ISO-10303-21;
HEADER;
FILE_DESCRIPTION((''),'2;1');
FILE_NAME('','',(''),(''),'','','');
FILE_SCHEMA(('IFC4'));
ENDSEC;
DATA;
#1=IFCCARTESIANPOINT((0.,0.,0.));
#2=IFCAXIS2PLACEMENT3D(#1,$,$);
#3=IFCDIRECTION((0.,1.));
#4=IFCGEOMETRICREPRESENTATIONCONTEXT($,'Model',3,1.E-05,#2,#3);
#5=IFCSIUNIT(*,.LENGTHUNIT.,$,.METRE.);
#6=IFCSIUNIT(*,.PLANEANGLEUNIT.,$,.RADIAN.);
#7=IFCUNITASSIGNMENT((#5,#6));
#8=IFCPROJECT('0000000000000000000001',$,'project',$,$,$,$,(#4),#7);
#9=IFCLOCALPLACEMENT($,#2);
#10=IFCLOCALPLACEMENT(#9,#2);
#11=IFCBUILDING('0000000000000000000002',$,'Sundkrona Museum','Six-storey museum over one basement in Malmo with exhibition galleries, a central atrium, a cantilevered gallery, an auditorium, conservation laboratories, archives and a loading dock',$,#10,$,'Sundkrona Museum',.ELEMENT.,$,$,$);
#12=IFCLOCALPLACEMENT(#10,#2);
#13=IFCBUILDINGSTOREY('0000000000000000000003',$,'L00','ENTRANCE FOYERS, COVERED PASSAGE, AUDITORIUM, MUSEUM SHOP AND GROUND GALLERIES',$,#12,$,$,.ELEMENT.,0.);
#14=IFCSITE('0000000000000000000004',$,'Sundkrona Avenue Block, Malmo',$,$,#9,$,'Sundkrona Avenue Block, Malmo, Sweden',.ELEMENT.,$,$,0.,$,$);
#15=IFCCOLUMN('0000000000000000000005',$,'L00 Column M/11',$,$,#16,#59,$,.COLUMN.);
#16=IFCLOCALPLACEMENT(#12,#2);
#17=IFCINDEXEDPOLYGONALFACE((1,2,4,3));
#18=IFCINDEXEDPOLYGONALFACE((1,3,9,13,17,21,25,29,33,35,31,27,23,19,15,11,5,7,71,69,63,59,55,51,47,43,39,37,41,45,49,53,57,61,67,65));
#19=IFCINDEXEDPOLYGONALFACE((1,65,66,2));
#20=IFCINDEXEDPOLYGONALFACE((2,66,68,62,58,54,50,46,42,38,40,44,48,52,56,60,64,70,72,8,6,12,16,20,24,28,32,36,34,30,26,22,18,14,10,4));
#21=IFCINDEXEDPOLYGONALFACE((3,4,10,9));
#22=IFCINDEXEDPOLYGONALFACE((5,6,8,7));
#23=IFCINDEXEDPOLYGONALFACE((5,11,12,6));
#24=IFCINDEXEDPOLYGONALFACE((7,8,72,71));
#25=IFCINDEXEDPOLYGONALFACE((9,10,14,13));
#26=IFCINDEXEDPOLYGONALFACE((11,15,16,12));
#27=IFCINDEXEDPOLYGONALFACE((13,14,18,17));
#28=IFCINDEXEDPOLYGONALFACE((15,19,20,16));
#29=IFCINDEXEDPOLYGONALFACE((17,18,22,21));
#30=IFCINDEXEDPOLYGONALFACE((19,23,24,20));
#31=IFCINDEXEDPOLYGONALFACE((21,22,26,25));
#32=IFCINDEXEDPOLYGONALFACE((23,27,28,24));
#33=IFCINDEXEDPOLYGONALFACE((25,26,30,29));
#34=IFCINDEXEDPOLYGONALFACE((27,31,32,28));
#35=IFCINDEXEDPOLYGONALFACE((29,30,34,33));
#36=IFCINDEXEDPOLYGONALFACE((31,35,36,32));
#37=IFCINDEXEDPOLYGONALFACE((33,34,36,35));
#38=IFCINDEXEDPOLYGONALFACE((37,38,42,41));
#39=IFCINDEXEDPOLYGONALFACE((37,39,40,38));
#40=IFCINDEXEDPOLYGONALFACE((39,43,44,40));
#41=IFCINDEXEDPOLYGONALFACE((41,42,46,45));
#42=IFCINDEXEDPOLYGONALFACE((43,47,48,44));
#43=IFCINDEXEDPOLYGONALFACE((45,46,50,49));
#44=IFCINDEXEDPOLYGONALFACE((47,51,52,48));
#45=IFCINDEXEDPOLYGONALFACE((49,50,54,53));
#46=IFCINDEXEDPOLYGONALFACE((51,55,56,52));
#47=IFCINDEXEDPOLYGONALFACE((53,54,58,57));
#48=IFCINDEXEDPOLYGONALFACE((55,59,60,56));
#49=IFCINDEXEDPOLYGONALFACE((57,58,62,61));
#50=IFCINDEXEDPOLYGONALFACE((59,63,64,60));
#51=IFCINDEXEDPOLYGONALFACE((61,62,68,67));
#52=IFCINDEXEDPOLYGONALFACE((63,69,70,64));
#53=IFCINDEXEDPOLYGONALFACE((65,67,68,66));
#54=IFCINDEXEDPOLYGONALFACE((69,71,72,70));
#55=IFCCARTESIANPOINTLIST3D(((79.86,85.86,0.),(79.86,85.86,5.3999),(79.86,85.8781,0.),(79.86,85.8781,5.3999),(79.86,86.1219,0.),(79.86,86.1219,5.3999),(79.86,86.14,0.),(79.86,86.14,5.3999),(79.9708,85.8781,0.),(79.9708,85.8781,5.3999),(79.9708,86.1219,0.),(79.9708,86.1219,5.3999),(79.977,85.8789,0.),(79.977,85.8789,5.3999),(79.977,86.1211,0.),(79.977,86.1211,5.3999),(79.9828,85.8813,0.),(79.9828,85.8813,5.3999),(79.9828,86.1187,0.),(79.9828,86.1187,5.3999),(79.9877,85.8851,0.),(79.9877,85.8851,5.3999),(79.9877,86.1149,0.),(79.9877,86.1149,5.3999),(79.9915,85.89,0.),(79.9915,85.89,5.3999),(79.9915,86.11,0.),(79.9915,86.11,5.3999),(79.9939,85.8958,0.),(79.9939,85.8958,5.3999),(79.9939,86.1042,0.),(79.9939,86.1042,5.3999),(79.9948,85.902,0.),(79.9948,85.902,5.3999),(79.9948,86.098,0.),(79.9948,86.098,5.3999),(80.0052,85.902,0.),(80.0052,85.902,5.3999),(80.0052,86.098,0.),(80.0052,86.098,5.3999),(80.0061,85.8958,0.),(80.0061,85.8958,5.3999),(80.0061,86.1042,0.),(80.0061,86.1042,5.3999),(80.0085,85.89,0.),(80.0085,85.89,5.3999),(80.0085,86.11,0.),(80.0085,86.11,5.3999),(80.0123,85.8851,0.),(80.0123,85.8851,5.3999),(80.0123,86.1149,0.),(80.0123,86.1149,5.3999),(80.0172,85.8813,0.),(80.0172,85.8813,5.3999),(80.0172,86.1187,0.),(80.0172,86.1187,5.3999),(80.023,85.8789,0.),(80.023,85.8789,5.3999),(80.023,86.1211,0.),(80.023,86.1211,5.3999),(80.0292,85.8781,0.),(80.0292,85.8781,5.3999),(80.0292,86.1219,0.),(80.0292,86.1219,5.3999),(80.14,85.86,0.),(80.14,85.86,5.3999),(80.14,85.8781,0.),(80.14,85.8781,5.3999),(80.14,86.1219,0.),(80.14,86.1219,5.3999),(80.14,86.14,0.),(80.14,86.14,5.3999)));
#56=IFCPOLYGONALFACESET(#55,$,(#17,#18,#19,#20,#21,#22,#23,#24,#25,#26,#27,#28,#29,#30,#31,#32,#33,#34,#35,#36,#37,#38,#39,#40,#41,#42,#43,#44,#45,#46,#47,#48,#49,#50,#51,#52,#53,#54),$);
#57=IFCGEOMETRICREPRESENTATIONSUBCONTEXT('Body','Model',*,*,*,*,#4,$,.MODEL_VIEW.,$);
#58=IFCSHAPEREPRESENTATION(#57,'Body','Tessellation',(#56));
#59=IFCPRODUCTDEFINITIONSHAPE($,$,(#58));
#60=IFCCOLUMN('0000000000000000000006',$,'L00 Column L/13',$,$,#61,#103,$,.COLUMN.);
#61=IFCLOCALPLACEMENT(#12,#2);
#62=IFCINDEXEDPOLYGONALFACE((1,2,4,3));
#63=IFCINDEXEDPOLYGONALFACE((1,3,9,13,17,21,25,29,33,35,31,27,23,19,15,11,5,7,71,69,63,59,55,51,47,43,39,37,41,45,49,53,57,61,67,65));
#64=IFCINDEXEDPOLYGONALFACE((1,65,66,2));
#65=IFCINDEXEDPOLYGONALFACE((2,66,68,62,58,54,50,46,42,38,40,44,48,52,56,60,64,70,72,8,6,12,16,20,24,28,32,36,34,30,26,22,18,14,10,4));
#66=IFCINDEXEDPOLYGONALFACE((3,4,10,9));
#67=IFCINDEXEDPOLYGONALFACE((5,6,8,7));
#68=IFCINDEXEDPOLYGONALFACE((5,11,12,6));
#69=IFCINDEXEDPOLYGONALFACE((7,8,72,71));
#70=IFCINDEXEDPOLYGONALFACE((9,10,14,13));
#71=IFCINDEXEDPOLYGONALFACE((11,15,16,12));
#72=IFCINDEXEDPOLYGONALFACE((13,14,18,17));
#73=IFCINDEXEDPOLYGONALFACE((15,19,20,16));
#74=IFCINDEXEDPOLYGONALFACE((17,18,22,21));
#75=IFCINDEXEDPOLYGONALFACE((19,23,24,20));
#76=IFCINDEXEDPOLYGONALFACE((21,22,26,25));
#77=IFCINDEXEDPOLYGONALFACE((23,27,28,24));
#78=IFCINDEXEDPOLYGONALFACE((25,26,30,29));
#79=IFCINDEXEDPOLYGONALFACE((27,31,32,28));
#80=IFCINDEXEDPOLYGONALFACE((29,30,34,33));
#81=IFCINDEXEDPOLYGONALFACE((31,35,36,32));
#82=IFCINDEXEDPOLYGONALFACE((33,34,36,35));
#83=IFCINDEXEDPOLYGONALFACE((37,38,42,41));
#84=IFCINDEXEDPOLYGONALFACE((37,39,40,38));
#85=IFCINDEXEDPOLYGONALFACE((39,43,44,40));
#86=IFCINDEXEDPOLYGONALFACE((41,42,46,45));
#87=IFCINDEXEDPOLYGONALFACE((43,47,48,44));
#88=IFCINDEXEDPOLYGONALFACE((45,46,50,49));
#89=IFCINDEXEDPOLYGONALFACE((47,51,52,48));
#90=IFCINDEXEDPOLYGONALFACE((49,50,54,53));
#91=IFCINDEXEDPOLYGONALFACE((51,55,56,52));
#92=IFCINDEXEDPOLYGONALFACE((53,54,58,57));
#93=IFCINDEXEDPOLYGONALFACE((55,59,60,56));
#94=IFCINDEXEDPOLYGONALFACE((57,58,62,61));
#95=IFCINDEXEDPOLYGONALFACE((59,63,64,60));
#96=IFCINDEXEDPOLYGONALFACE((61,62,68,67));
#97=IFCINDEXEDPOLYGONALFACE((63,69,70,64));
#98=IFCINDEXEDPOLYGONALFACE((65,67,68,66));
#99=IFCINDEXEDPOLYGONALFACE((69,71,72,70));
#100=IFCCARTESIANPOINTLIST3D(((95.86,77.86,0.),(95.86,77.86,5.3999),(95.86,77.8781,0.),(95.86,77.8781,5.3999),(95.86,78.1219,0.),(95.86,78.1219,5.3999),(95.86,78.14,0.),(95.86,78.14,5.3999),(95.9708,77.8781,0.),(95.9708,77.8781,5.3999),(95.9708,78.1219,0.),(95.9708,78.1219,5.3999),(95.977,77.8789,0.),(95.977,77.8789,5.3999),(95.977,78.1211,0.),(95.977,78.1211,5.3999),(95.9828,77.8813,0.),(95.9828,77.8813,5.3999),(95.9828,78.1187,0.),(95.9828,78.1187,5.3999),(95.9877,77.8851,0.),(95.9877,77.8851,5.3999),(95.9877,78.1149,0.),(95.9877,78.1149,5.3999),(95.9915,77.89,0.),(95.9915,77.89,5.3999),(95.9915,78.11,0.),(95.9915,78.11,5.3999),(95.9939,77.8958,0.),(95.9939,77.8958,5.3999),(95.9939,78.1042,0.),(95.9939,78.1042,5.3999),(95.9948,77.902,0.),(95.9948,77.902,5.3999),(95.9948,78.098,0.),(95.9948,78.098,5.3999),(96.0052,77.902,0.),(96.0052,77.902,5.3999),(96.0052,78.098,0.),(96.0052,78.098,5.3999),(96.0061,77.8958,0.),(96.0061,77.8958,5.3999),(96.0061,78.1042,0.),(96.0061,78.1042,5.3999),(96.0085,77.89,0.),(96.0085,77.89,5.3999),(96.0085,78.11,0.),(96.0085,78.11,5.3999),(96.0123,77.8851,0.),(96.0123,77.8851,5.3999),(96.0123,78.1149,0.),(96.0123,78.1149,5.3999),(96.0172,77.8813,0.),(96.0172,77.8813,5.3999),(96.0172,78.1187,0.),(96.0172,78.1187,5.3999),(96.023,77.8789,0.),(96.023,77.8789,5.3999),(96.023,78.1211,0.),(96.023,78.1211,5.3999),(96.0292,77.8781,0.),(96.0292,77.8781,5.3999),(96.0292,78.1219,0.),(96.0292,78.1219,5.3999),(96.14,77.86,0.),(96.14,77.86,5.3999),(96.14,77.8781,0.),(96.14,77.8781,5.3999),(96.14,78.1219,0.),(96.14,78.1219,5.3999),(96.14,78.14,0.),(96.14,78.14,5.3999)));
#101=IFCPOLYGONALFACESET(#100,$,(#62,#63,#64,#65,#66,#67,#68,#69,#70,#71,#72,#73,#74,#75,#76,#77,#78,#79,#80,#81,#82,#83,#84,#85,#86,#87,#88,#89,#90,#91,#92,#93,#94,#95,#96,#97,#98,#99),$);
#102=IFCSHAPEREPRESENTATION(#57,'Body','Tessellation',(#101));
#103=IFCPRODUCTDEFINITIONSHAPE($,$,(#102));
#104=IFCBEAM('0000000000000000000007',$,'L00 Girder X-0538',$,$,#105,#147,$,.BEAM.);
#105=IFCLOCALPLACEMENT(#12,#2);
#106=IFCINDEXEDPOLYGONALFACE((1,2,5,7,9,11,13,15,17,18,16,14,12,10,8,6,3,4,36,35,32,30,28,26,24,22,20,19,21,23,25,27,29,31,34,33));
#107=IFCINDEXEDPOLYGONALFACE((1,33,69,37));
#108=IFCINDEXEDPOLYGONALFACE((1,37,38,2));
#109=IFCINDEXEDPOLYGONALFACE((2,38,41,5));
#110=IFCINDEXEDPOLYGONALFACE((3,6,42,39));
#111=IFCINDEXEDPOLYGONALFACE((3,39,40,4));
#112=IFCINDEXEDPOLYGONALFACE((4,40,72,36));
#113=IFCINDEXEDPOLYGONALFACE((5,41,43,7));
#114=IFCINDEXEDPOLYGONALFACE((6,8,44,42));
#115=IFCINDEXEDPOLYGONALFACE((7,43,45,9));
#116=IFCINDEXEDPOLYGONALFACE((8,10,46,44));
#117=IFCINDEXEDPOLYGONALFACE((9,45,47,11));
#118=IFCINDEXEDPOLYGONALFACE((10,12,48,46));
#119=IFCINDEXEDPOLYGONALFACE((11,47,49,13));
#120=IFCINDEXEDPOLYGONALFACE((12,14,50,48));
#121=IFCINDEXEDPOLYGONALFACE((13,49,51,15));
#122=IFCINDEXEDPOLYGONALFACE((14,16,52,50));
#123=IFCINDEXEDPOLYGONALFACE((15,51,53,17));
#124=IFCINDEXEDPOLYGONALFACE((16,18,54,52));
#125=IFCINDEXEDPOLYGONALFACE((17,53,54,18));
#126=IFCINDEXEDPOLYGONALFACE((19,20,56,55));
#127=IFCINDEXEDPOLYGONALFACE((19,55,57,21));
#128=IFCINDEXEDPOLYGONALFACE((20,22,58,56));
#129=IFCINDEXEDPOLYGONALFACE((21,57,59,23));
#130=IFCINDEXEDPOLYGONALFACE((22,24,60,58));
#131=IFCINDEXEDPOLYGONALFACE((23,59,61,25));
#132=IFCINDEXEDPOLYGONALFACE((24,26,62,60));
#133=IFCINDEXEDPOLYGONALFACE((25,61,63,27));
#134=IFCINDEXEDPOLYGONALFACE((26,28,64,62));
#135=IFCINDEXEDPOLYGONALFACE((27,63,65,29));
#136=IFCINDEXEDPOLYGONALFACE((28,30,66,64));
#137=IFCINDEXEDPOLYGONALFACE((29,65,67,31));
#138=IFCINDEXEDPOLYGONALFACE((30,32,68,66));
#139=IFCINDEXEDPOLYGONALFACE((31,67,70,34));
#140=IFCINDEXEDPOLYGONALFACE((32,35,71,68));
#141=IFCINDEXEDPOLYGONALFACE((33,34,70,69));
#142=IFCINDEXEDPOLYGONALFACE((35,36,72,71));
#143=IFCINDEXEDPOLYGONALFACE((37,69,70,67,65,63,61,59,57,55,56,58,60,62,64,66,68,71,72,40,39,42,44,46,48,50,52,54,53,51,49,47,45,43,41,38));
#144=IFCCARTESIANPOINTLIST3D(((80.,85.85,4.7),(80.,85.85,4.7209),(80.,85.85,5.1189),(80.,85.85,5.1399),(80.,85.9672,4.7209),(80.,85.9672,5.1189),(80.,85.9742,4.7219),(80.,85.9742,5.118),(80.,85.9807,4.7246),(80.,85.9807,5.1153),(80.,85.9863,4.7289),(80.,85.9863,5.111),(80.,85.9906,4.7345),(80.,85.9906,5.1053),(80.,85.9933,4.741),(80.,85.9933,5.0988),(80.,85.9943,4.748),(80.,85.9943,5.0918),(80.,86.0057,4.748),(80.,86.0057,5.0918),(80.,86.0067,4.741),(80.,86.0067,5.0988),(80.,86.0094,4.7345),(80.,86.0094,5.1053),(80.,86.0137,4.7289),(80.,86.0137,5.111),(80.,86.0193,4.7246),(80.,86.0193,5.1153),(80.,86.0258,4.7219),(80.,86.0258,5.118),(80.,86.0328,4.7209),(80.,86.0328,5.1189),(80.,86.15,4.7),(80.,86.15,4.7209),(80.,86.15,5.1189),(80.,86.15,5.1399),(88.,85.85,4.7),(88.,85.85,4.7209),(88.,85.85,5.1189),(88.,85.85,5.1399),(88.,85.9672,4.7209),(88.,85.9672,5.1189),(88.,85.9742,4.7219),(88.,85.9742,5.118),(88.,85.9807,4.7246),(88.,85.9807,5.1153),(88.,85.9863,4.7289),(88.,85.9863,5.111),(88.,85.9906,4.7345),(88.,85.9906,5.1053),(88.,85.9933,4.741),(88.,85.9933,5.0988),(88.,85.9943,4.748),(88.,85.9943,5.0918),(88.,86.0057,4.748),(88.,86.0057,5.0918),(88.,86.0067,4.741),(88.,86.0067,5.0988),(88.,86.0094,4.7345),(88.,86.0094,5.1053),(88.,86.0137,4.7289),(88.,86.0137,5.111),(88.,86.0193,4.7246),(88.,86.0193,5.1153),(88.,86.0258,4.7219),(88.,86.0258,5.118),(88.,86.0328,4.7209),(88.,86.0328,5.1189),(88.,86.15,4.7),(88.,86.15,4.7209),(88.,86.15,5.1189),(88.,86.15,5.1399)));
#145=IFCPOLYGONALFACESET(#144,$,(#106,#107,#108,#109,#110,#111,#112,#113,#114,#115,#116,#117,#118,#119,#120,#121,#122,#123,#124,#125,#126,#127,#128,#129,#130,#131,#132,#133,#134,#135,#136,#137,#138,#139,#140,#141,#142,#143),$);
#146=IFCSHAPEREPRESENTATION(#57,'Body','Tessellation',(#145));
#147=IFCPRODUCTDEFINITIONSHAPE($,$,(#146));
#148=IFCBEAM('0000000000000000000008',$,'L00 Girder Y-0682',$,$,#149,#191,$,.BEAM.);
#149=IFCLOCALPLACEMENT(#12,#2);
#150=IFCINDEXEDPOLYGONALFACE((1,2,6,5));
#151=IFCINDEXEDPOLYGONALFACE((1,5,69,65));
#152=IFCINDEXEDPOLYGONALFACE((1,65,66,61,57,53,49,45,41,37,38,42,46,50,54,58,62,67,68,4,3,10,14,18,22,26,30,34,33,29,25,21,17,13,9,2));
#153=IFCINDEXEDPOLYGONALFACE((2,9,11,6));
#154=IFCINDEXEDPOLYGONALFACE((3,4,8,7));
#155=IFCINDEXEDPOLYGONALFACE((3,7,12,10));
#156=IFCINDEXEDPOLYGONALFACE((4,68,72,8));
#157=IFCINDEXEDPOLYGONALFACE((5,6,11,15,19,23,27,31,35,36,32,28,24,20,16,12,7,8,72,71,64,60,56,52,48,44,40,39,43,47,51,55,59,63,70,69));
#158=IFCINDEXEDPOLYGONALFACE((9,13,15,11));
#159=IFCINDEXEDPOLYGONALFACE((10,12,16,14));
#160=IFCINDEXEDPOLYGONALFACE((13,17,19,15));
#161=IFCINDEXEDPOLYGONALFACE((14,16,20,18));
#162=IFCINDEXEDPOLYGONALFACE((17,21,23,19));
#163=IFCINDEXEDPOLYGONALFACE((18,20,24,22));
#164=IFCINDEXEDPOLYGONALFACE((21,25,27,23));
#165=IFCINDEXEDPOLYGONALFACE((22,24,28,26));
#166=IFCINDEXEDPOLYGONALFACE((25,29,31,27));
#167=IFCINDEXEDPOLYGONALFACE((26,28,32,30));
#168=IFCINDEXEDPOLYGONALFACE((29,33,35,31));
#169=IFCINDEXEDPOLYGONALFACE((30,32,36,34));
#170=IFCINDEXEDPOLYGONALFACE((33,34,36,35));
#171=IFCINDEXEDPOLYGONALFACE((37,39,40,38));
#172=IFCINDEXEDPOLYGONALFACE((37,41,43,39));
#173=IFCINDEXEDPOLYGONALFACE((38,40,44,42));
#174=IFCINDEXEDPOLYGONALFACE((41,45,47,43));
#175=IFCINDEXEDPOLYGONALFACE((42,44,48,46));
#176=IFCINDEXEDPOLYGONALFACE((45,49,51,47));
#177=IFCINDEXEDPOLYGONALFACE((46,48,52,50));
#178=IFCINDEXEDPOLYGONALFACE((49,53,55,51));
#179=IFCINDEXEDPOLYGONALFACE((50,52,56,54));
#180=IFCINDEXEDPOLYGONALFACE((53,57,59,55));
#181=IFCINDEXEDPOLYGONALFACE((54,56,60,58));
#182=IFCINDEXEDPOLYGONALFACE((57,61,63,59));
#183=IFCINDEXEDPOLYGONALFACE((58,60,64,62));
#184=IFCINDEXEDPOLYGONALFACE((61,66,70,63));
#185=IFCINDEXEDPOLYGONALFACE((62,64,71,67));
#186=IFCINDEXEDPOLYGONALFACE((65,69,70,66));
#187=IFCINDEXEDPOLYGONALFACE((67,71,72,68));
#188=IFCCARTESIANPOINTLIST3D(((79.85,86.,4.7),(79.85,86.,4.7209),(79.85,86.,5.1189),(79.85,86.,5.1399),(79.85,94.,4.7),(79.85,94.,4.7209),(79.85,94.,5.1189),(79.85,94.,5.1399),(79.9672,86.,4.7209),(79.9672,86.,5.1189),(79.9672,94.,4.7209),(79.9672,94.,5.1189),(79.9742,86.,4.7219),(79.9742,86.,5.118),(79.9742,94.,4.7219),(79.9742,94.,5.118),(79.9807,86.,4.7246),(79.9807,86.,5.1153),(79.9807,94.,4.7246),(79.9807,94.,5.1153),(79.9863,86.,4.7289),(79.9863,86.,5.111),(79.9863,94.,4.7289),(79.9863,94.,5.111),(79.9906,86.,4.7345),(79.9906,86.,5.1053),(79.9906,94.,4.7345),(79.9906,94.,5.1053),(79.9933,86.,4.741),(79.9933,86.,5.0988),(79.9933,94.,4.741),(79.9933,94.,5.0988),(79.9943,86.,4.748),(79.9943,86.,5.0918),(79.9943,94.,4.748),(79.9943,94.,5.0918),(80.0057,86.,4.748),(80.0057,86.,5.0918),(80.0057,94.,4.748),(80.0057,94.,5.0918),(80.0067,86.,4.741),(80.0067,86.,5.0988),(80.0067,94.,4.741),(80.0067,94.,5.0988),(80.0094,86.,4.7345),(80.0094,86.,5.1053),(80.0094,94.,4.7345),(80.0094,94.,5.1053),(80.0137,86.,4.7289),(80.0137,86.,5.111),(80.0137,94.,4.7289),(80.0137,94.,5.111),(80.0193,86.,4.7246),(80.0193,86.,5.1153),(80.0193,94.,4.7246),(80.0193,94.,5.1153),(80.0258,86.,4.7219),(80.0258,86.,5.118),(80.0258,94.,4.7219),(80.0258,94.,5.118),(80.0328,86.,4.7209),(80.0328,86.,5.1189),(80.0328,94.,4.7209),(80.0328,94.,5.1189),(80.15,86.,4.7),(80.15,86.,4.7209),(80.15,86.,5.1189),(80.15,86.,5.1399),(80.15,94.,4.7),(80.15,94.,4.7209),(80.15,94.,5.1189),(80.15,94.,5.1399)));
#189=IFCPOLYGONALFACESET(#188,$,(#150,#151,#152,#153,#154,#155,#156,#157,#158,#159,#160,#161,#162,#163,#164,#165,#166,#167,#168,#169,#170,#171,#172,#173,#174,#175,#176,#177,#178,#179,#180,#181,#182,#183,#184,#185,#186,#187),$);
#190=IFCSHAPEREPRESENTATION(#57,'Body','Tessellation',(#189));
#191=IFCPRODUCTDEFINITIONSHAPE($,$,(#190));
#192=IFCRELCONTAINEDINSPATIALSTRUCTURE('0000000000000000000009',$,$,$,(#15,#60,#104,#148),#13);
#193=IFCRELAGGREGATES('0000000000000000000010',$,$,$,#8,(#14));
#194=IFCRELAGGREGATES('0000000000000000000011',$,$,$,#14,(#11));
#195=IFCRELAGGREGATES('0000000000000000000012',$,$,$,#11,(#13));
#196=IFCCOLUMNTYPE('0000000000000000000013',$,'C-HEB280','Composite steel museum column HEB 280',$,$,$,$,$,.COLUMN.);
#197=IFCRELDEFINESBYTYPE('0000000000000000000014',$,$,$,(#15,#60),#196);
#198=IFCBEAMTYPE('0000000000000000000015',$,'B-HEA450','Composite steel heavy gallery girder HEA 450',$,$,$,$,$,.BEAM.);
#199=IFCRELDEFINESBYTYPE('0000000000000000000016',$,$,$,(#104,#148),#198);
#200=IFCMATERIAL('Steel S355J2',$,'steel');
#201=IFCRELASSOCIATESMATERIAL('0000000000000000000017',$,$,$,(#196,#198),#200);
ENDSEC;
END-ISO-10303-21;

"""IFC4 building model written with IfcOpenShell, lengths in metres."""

from ifc_helpers import new_model, si_unit, direction, frame, origin, origin_2d, place, context, subcontext, project, spatial, i_section, extrude, material, material_profile, profile_set, type_object, element, save


model = new_model("IFC4")

# Units and contexts
model_context = context("Model", 3, precision=1e-05, world=origin(), true_north=direction((0.0, 1.0)))
body_context = subcontext(model_context, "Body", "Model", "MODEL_VIEW")
ifc_project = project(units=[si_unit("LENGTHUNIT", "METRE"), si_unit("PLANEANGLEUNIT", "RADIAN")], contexts=[model_context])

# Site, building, storey
site_placement = place(None, origin())
site = spatial("IfcSite", under=ifc_project, at=site_placement, Name="Sundkrona Avenue Block, Malmo", LongName="Sundkrona Avenue Block, Malmo, Sweden", CompositionType="ELEMENT", RefElevation=0.0)
building_placement = place(site_placement, origin())
building = spatial("IfcBuilding", under=site, at=building_placement, Name="Sundkrona Museum", Description="Six-storey museum over one basement in Malmo with exhibition galleries, a central atrium, a cantilevered gallery, an auditorium, conservation laboratories, archives and a loading dock", LongName="Sundkrona Museum", CompositionType="ELEMENT")
storey_placement = place(building_placement, origin())
storey = spatial("IfcBuildingStorey", under=building, at=storey_placement, Name="L00", Description="ENTRANCE FOYERS, COVERED PASSAGE, AUDITORIUM, MUSEUM SHOP AND GROUND GALLERIES", CompositionType="ELEMENT", Elevation=0.0)

# Columns
ifc_material_1 = material(Name="Steel S355J2", Category="steel")
ifc_material_profile_1 = material_profile(ifc_material_1, i_section(OverallWidth=0.28, OverallDepth=0.28, WebThickness=0.0105, FlangeThickness=0.0181, FilletRadius=0.0239, at=origin_2d()), Name="HEB 280")
ifc_profile_set_1 = profile_set([ifc_material_profile_1], Name="Steel S355J2")
column_type = type_object("IfcColumnType", Name="C-HEB280", Description="Composite steel museum column HEB 280", PredefinedType="COLUMN", material=ifc_profile_set_1)
for number, where, z_axis, x_axis, name in (
    (1, (80.0, 86.0, 0.0), (0.0, 0.0, 1.0), (1.0, 0.0, 0.0), "L00 Column M/11"),
    (2, (96.0, 78.0, 0.0), (0.0, 0.0, 1.0), (1.0, 0.0, 0.0), "L00 Column L/13"),
):
    element("IfcColumn", number, at=place(storey_placement, frame(where, z_axis=z_axis, x_axis=x_axis)), inside=storey, type_object=column_type, Name=name, PredefinedType="COLUMN", context=body_context, shape_type="SweptSolid", body=[
        extrude(i_section(OverallWidth=0.28, OverallDepth=0.28, WebThickness=0.0105, FlangeThickness=0.0181, FilletRadius=0.0239, at=origin_2d()), origin(), (0.0, 0.0, 1.0), 5.3999),
    ])

# Beams
ifc_material_profile_2 = material_profile(ifc_material_1, i_section(OverallWidth=0.3, OverallDepth=0.4399, WebThickness=0.0115, FlangeThickness=0.021, FilletRadius=0.0271, at=origin_2d()), Name="HEA 450")
ifc_profile_set_2 = profile_set([ifc_material_profile_2], Name="Steel S355J2")
beam_type_1 = type_object("IfcBeamType", Name="B-HEA450", Description="Composite steel heavy gallery girder HEA 450", PredefinedType="BEAM", material=ifc_profile_set_2)
for number, where, z_axis, x_axis, name in (
    (3, (80.0, 86.0, 4.9199), (1.0, 0.0, 0.0), (0.0, 1.0, 0.0), "L00 Girder X-0538"),
    (4, (80.0, 86.0, 4.9199), (0.0, 1.0, 0.0), (-1.0, 0.0, 0.0), "L00 Girder Y-0682"),
):
    element("IfcBeam", number, at=place(storey_placement, frame(where, z_axis=z_axis, x_axis=x_axis)), inside=storey, type_object=beam_type_1, Name=name, PredefinedType="BEAM", context=body_context, shape_type="SweptSolid", body=[
        extrude(i_section(OverallWidth=0.3, OverallDepth=0.4399, WebThickness=0.0115, FlangeThickness=0.021, FilletRadius=0.0271, at=origin_2d()), origin(), (0.0, 0.0, 1.0), 8.0),
    ])

save(model, "model.ifc")
